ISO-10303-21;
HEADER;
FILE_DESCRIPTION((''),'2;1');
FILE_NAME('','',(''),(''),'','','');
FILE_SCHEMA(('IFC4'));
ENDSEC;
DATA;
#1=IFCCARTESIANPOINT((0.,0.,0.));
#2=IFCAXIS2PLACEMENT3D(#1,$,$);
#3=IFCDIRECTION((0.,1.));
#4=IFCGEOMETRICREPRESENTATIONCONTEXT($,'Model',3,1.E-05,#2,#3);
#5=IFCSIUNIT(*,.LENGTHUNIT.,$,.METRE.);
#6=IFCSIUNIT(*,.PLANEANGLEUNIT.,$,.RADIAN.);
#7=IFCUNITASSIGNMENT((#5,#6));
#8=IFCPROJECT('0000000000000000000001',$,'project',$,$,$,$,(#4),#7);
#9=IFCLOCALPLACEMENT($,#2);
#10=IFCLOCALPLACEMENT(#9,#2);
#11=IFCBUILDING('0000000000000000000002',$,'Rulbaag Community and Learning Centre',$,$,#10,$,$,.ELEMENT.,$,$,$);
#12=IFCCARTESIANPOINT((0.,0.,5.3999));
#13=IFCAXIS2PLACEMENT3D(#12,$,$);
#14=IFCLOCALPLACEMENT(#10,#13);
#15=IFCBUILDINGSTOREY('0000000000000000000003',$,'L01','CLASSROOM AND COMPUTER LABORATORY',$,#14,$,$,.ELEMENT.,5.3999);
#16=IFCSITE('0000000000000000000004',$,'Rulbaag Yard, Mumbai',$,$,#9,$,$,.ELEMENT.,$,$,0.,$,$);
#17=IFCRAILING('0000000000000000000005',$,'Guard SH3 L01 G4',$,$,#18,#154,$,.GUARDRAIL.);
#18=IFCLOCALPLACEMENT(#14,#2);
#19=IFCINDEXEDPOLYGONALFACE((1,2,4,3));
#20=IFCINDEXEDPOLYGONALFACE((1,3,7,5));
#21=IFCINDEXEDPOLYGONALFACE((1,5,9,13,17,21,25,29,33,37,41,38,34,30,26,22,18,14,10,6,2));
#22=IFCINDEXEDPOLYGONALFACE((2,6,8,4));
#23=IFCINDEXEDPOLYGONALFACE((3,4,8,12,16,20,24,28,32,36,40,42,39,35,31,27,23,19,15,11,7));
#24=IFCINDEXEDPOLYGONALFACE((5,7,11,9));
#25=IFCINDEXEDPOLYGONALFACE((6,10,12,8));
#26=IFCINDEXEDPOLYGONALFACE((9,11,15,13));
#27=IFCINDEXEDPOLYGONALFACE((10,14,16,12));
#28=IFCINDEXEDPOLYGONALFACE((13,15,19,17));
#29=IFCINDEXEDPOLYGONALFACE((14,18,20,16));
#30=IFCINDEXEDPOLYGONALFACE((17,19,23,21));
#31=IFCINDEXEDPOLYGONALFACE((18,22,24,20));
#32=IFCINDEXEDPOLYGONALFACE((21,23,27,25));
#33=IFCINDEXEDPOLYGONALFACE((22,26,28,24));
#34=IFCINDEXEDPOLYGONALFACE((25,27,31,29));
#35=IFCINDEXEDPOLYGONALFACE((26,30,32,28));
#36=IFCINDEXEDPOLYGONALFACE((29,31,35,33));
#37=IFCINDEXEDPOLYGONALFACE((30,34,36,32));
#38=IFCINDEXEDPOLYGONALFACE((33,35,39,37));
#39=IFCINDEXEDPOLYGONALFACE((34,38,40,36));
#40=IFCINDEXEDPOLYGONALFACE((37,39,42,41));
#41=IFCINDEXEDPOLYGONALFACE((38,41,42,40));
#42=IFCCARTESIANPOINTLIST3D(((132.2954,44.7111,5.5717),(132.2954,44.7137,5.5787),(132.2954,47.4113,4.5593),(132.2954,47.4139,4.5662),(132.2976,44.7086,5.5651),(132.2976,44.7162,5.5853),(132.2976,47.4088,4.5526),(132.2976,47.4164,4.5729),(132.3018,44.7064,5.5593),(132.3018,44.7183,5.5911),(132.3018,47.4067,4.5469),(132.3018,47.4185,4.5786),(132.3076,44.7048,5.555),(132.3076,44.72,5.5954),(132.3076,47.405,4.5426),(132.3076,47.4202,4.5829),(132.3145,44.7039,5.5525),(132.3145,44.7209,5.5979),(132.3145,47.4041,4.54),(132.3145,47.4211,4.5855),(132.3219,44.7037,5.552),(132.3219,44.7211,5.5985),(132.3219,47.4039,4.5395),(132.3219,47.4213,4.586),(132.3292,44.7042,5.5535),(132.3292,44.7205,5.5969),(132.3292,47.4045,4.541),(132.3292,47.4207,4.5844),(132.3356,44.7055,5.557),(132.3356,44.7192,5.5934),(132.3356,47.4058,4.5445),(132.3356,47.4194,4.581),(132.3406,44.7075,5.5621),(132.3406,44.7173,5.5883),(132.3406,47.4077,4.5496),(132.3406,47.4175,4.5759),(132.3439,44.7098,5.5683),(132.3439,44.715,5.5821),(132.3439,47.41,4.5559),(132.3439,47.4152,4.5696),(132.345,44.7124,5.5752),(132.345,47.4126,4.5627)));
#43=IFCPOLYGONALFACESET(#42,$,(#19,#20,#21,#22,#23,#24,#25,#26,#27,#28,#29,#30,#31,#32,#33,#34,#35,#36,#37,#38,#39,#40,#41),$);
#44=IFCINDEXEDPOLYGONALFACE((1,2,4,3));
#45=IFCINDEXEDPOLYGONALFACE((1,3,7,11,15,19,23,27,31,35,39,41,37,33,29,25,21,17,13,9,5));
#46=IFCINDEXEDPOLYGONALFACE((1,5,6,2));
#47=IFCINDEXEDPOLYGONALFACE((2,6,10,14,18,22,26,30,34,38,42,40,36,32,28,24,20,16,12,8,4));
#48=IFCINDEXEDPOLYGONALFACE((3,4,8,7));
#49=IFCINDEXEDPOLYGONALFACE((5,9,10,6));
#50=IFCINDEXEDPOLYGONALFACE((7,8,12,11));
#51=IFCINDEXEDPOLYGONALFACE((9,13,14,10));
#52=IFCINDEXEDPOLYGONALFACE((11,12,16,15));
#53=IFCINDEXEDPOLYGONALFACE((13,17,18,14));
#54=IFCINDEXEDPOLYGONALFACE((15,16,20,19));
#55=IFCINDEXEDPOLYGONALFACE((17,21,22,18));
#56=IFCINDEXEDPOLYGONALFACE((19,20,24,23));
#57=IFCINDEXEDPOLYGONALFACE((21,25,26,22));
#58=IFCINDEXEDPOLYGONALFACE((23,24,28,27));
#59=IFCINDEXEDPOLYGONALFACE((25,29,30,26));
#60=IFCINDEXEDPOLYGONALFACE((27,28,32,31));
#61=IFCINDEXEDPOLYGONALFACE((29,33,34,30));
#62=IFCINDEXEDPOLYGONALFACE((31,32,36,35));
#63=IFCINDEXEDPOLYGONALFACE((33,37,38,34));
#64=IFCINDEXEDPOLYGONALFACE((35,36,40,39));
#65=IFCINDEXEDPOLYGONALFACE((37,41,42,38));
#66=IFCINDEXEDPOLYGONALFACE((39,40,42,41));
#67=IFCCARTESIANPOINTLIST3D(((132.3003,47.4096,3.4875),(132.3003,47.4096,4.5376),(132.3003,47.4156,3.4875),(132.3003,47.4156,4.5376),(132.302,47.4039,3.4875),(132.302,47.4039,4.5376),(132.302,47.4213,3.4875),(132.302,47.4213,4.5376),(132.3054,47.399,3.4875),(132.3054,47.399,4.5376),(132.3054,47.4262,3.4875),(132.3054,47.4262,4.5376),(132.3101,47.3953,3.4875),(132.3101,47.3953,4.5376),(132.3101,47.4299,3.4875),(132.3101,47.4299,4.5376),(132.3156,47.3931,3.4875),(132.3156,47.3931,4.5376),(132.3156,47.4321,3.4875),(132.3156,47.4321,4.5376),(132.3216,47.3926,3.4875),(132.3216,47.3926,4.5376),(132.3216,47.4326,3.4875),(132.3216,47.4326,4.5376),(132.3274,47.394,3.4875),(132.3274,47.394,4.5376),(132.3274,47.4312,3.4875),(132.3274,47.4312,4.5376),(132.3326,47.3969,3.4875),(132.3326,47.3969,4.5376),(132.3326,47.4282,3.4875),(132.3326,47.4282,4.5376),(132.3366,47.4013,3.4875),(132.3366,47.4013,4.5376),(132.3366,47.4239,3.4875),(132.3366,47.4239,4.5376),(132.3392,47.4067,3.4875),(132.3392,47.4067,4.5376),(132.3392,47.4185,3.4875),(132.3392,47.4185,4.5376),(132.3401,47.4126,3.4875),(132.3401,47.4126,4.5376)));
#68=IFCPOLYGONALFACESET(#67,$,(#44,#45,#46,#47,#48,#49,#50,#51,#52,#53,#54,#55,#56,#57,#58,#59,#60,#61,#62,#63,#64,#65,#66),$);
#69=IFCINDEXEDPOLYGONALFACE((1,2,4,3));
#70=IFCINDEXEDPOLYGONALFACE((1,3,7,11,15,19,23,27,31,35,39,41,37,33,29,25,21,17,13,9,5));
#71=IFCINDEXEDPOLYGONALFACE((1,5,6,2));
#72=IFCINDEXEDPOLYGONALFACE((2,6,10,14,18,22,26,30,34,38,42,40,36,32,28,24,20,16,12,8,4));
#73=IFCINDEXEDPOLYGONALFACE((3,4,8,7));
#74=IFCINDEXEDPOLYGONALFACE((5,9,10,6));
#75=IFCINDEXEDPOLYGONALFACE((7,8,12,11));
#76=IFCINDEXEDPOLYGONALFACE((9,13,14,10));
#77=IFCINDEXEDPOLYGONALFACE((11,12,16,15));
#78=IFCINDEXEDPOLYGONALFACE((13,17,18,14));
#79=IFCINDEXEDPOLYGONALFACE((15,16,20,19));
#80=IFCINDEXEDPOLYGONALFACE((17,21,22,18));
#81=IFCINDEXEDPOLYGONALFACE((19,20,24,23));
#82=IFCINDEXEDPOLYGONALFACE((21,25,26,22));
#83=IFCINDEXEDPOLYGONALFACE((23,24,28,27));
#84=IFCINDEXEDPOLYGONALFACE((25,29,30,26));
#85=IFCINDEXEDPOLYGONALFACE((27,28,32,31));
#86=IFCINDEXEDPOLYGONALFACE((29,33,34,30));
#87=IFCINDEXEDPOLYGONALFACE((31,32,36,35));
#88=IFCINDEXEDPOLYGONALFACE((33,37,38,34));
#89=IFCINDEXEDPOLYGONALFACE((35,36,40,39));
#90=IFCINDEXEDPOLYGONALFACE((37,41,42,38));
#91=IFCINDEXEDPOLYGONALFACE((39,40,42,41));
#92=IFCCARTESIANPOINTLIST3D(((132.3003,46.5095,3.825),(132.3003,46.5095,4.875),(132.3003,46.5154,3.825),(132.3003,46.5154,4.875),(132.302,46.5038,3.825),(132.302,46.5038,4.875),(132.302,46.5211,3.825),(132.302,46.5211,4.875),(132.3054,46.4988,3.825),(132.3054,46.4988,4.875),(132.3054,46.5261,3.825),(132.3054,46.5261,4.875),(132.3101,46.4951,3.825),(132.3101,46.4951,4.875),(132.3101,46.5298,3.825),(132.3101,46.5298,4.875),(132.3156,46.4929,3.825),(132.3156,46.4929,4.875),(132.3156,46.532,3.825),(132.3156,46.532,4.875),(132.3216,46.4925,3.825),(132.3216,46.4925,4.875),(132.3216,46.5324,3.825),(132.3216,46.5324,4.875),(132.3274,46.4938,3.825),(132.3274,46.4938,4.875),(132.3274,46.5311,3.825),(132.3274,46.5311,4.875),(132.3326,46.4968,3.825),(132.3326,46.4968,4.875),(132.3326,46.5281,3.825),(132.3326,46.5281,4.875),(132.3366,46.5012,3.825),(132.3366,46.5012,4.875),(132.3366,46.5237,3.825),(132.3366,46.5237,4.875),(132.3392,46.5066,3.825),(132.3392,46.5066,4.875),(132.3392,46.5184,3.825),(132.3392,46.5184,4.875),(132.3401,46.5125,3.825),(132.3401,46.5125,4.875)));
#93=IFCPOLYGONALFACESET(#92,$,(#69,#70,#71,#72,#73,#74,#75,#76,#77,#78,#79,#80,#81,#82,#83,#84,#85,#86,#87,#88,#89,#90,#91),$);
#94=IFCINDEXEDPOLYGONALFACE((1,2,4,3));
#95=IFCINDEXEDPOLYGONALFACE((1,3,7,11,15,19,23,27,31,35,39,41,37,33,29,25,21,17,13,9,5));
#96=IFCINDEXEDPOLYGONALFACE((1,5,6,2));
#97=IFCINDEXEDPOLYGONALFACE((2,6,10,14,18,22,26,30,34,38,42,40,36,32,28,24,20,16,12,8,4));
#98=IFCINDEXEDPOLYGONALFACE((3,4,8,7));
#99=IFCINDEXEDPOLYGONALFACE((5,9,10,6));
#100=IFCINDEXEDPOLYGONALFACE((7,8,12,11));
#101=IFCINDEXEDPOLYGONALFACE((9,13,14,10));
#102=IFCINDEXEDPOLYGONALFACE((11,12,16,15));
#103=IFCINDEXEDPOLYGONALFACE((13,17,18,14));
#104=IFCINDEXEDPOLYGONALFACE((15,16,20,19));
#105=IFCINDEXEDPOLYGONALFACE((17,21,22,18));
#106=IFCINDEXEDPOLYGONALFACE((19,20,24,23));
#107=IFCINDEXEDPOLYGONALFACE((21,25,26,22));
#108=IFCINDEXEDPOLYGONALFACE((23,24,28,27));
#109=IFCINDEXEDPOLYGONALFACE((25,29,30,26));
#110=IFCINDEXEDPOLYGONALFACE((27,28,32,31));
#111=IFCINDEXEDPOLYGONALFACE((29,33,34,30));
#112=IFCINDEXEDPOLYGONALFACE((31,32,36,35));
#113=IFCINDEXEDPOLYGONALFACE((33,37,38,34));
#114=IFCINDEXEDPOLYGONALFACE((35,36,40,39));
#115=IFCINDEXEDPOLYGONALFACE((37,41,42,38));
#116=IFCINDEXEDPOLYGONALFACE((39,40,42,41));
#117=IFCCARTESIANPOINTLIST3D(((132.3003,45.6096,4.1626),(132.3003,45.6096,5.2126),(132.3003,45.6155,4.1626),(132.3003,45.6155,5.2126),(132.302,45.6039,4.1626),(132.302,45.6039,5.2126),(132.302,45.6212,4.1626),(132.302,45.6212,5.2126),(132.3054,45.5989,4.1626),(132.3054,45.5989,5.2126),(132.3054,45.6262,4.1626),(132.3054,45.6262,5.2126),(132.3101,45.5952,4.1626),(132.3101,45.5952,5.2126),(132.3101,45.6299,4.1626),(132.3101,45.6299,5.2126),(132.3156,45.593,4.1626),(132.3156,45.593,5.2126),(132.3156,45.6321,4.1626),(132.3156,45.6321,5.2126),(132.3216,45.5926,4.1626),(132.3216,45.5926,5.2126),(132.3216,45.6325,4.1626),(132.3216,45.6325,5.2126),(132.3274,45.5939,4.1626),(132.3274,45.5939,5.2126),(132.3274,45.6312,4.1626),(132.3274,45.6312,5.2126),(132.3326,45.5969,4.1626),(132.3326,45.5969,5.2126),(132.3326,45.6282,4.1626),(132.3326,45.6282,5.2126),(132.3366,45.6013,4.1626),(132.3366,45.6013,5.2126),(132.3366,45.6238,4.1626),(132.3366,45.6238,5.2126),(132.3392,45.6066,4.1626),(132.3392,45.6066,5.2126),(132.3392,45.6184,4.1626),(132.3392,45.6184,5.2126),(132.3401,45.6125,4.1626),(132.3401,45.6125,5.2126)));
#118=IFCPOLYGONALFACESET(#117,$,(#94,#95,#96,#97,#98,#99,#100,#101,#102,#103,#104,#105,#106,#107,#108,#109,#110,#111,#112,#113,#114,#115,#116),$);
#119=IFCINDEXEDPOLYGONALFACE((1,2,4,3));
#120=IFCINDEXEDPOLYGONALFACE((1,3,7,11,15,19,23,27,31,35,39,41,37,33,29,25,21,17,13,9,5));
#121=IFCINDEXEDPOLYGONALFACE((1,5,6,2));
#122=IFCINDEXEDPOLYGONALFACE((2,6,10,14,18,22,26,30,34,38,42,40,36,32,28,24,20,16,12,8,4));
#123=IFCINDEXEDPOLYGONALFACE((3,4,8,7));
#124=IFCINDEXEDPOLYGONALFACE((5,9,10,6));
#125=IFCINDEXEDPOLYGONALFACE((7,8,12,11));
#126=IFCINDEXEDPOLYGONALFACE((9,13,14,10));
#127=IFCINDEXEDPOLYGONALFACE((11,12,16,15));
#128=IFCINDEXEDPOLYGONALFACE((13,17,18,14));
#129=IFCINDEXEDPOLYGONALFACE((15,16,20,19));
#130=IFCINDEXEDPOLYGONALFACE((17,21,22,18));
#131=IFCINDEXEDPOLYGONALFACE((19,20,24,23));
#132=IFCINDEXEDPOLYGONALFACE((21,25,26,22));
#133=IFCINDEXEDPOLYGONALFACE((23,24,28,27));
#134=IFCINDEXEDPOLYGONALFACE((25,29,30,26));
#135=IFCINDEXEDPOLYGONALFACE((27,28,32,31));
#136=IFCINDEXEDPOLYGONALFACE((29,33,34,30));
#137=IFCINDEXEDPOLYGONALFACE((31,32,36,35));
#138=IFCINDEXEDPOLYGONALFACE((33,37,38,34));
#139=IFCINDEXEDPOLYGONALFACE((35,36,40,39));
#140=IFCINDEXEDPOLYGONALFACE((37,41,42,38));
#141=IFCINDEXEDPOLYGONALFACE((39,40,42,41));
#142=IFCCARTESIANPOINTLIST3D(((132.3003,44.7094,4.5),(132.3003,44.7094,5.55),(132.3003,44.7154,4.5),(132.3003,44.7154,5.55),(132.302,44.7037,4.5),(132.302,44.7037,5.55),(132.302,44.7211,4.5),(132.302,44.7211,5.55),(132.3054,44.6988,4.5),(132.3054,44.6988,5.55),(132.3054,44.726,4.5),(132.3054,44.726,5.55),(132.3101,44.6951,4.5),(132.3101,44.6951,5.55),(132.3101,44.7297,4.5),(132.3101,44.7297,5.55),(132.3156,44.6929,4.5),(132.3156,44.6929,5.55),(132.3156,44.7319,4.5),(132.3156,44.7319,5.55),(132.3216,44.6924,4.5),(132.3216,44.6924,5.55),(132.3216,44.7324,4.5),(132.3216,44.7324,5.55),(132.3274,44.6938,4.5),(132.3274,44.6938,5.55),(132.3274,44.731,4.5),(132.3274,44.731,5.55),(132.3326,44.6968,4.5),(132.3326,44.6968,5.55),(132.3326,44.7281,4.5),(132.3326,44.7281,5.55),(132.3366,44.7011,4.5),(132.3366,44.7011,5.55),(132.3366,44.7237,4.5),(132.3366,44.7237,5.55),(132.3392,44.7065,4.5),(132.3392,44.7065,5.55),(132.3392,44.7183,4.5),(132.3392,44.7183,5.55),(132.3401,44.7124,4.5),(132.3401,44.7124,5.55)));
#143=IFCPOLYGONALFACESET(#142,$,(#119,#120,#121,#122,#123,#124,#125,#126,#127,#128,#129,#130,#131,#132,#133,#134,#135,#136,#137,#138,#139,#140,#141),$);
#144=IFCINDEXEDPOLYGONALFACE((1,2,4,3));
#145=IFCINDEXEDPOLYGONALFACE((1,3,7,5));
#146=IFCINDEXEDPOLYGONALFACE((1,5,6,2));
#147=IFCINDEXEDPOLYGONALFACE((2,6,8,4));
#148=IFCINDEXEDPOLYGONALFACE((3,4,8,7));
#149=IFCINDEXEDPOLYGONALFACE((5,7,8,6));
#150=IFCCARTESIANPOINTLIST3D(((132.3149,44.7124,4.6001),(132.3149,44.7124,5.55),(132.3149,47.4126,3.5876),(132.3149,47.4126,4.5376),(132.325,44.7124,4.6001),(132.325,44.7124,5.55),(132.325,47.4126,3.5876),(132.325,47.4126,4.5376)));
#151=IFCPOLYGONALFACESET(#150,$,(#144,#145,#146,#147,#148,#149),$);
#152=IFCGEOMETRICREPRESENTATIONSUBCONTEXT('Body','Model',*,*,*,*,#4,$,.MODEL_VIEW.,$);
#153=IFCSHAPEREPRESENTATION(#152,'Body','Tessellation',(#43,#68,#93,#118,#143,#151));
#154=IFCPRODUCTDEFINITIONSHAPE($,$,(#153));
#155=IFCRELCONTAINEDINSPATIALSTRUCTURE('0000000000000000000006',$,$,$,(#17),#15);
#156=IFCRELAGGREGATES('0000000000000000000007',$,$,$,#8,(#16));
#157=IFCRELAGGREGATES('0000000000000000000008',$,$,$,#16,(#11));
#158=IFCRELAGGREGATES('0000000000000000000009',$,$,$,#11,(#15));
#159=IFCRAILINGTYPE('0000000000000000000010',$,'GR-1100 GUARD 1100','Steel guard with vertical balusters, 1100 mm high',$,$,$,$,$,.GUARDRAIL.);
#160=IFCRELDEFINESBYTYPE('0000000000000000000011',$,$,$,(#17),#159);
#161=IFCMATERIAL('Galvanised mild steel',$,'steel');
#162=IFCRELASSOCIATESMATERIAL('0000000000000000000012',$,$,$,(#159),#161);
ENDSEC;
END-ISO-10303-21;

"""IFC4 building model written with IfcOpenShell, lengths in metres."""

from ifc_helpers import new_model, si_unit, direction, frame, origin, origin_2d, place, context, subcontext, project, spatial, polyline, circle, outline, extrude, material, type_object, element, save


model = new_model("IFC4")

# Units and contexts
model_context = context("Model", 3, precision=1e-05, world=origin(), true_north=direction((0.0, 1.0)))
body_context = subcontext(model_context, "Body", "Model", "MODEL_VIEW")
ifc_project = project(units=[si_unit("LENGTHUNIT", "METRE"), si_unit("PLANEANGLEUNIT", "RADIAN")], contexts=[model_context])

# Site, building, storey
site_placement = place(None, origin())
site = spatial("IfcSite", under=ifc_project, at=site_placement, Name="Rulbaag Yard, Mumbai", CompositionType="ELEMENT", RefElevation=0.0)
building_placement = place(site_placement, origin())
building = spatial("IfcBuilding", under=site, at=building_placement, Name="Rulbaag Community and Learning Centre", CompositionType="ELEMENT")
storey_placement = place(building_placement, frame((0.0, 0.0, 5.3999)))
storey = spatial("IfcBuildingStorey", under=building, at=storey_placement, Name="L01", Description="CLASSROOM AND COMPUTER LABORATORY", CompositionType="ELEMENT", Elevation=5.3999)

# Railing
ifc_material_1 = material(Name="Galvanised mild steel", Category="steel")
railing_type = type_object("IfcRailingType", Name="GR-1100 GUARD 1100", Description="Steel guard with vertical balusters, 1100 mm high", PredefinedType="GUARDRAIL", material=ifc_material_1)
for number, where, name in (
    (1, (132.3201, 47.4126, 3.4875), "Guard SH3 L01 G4"),
):
    element("IfcRailing", number, at=place(storey_placement, frame(where)), inside=storey, type_object=railing_type, Name=name, PredefinedType="GUARDRAIL", context=body_context, shape_type="SweptSolid", body=[
        extrude(circle(Radius=0.0249, at=origin_2d()), frame((0.0, 0.0, 1.0752), z_axis=(0.0, -0.936343, 0.351086), x_axis=(1.0, 0.0, 0.0)), (0.0, 0.0, 1.0), 2.8838),
        extrude(circle(Radius=0.02, at=origin_2d()), origin(), (0.0, 0.0, 1.0), 1.05),
        extrude(circle(Radius=0.02, at=origin_2d()), frame((0.0, -0.9001, 0.3374)), (0.0, 0.0, 1.0), 1.05),
        extrude(circle(Radius=0.02, at=origin_2d()), frame((0.0, -1.8, 0.675)), (0.0, 0.0, 1.0), 1.05),
        extrude(circle(Radius=0.02, at=origin_2d()), frame((0.0, -2.7002, 1.0125)), (0.0, 0.0, 1.0), 1.05),
        extrude(outline(polyline([(0.0, 0.0), (2.7002, 1.0125), (2.7002, 1.9624), (0.0, 0.95), (0.0, 0.0)])), frame((0.0049, 0.0, 0.1001), z_axis=(-1.0, 0.0, 0.0), x_axis=(0.0, -1.0, 0.0)), (0.0, 0.0, 1.0), 0.01),
    ])

save(model, "model.ifc")
